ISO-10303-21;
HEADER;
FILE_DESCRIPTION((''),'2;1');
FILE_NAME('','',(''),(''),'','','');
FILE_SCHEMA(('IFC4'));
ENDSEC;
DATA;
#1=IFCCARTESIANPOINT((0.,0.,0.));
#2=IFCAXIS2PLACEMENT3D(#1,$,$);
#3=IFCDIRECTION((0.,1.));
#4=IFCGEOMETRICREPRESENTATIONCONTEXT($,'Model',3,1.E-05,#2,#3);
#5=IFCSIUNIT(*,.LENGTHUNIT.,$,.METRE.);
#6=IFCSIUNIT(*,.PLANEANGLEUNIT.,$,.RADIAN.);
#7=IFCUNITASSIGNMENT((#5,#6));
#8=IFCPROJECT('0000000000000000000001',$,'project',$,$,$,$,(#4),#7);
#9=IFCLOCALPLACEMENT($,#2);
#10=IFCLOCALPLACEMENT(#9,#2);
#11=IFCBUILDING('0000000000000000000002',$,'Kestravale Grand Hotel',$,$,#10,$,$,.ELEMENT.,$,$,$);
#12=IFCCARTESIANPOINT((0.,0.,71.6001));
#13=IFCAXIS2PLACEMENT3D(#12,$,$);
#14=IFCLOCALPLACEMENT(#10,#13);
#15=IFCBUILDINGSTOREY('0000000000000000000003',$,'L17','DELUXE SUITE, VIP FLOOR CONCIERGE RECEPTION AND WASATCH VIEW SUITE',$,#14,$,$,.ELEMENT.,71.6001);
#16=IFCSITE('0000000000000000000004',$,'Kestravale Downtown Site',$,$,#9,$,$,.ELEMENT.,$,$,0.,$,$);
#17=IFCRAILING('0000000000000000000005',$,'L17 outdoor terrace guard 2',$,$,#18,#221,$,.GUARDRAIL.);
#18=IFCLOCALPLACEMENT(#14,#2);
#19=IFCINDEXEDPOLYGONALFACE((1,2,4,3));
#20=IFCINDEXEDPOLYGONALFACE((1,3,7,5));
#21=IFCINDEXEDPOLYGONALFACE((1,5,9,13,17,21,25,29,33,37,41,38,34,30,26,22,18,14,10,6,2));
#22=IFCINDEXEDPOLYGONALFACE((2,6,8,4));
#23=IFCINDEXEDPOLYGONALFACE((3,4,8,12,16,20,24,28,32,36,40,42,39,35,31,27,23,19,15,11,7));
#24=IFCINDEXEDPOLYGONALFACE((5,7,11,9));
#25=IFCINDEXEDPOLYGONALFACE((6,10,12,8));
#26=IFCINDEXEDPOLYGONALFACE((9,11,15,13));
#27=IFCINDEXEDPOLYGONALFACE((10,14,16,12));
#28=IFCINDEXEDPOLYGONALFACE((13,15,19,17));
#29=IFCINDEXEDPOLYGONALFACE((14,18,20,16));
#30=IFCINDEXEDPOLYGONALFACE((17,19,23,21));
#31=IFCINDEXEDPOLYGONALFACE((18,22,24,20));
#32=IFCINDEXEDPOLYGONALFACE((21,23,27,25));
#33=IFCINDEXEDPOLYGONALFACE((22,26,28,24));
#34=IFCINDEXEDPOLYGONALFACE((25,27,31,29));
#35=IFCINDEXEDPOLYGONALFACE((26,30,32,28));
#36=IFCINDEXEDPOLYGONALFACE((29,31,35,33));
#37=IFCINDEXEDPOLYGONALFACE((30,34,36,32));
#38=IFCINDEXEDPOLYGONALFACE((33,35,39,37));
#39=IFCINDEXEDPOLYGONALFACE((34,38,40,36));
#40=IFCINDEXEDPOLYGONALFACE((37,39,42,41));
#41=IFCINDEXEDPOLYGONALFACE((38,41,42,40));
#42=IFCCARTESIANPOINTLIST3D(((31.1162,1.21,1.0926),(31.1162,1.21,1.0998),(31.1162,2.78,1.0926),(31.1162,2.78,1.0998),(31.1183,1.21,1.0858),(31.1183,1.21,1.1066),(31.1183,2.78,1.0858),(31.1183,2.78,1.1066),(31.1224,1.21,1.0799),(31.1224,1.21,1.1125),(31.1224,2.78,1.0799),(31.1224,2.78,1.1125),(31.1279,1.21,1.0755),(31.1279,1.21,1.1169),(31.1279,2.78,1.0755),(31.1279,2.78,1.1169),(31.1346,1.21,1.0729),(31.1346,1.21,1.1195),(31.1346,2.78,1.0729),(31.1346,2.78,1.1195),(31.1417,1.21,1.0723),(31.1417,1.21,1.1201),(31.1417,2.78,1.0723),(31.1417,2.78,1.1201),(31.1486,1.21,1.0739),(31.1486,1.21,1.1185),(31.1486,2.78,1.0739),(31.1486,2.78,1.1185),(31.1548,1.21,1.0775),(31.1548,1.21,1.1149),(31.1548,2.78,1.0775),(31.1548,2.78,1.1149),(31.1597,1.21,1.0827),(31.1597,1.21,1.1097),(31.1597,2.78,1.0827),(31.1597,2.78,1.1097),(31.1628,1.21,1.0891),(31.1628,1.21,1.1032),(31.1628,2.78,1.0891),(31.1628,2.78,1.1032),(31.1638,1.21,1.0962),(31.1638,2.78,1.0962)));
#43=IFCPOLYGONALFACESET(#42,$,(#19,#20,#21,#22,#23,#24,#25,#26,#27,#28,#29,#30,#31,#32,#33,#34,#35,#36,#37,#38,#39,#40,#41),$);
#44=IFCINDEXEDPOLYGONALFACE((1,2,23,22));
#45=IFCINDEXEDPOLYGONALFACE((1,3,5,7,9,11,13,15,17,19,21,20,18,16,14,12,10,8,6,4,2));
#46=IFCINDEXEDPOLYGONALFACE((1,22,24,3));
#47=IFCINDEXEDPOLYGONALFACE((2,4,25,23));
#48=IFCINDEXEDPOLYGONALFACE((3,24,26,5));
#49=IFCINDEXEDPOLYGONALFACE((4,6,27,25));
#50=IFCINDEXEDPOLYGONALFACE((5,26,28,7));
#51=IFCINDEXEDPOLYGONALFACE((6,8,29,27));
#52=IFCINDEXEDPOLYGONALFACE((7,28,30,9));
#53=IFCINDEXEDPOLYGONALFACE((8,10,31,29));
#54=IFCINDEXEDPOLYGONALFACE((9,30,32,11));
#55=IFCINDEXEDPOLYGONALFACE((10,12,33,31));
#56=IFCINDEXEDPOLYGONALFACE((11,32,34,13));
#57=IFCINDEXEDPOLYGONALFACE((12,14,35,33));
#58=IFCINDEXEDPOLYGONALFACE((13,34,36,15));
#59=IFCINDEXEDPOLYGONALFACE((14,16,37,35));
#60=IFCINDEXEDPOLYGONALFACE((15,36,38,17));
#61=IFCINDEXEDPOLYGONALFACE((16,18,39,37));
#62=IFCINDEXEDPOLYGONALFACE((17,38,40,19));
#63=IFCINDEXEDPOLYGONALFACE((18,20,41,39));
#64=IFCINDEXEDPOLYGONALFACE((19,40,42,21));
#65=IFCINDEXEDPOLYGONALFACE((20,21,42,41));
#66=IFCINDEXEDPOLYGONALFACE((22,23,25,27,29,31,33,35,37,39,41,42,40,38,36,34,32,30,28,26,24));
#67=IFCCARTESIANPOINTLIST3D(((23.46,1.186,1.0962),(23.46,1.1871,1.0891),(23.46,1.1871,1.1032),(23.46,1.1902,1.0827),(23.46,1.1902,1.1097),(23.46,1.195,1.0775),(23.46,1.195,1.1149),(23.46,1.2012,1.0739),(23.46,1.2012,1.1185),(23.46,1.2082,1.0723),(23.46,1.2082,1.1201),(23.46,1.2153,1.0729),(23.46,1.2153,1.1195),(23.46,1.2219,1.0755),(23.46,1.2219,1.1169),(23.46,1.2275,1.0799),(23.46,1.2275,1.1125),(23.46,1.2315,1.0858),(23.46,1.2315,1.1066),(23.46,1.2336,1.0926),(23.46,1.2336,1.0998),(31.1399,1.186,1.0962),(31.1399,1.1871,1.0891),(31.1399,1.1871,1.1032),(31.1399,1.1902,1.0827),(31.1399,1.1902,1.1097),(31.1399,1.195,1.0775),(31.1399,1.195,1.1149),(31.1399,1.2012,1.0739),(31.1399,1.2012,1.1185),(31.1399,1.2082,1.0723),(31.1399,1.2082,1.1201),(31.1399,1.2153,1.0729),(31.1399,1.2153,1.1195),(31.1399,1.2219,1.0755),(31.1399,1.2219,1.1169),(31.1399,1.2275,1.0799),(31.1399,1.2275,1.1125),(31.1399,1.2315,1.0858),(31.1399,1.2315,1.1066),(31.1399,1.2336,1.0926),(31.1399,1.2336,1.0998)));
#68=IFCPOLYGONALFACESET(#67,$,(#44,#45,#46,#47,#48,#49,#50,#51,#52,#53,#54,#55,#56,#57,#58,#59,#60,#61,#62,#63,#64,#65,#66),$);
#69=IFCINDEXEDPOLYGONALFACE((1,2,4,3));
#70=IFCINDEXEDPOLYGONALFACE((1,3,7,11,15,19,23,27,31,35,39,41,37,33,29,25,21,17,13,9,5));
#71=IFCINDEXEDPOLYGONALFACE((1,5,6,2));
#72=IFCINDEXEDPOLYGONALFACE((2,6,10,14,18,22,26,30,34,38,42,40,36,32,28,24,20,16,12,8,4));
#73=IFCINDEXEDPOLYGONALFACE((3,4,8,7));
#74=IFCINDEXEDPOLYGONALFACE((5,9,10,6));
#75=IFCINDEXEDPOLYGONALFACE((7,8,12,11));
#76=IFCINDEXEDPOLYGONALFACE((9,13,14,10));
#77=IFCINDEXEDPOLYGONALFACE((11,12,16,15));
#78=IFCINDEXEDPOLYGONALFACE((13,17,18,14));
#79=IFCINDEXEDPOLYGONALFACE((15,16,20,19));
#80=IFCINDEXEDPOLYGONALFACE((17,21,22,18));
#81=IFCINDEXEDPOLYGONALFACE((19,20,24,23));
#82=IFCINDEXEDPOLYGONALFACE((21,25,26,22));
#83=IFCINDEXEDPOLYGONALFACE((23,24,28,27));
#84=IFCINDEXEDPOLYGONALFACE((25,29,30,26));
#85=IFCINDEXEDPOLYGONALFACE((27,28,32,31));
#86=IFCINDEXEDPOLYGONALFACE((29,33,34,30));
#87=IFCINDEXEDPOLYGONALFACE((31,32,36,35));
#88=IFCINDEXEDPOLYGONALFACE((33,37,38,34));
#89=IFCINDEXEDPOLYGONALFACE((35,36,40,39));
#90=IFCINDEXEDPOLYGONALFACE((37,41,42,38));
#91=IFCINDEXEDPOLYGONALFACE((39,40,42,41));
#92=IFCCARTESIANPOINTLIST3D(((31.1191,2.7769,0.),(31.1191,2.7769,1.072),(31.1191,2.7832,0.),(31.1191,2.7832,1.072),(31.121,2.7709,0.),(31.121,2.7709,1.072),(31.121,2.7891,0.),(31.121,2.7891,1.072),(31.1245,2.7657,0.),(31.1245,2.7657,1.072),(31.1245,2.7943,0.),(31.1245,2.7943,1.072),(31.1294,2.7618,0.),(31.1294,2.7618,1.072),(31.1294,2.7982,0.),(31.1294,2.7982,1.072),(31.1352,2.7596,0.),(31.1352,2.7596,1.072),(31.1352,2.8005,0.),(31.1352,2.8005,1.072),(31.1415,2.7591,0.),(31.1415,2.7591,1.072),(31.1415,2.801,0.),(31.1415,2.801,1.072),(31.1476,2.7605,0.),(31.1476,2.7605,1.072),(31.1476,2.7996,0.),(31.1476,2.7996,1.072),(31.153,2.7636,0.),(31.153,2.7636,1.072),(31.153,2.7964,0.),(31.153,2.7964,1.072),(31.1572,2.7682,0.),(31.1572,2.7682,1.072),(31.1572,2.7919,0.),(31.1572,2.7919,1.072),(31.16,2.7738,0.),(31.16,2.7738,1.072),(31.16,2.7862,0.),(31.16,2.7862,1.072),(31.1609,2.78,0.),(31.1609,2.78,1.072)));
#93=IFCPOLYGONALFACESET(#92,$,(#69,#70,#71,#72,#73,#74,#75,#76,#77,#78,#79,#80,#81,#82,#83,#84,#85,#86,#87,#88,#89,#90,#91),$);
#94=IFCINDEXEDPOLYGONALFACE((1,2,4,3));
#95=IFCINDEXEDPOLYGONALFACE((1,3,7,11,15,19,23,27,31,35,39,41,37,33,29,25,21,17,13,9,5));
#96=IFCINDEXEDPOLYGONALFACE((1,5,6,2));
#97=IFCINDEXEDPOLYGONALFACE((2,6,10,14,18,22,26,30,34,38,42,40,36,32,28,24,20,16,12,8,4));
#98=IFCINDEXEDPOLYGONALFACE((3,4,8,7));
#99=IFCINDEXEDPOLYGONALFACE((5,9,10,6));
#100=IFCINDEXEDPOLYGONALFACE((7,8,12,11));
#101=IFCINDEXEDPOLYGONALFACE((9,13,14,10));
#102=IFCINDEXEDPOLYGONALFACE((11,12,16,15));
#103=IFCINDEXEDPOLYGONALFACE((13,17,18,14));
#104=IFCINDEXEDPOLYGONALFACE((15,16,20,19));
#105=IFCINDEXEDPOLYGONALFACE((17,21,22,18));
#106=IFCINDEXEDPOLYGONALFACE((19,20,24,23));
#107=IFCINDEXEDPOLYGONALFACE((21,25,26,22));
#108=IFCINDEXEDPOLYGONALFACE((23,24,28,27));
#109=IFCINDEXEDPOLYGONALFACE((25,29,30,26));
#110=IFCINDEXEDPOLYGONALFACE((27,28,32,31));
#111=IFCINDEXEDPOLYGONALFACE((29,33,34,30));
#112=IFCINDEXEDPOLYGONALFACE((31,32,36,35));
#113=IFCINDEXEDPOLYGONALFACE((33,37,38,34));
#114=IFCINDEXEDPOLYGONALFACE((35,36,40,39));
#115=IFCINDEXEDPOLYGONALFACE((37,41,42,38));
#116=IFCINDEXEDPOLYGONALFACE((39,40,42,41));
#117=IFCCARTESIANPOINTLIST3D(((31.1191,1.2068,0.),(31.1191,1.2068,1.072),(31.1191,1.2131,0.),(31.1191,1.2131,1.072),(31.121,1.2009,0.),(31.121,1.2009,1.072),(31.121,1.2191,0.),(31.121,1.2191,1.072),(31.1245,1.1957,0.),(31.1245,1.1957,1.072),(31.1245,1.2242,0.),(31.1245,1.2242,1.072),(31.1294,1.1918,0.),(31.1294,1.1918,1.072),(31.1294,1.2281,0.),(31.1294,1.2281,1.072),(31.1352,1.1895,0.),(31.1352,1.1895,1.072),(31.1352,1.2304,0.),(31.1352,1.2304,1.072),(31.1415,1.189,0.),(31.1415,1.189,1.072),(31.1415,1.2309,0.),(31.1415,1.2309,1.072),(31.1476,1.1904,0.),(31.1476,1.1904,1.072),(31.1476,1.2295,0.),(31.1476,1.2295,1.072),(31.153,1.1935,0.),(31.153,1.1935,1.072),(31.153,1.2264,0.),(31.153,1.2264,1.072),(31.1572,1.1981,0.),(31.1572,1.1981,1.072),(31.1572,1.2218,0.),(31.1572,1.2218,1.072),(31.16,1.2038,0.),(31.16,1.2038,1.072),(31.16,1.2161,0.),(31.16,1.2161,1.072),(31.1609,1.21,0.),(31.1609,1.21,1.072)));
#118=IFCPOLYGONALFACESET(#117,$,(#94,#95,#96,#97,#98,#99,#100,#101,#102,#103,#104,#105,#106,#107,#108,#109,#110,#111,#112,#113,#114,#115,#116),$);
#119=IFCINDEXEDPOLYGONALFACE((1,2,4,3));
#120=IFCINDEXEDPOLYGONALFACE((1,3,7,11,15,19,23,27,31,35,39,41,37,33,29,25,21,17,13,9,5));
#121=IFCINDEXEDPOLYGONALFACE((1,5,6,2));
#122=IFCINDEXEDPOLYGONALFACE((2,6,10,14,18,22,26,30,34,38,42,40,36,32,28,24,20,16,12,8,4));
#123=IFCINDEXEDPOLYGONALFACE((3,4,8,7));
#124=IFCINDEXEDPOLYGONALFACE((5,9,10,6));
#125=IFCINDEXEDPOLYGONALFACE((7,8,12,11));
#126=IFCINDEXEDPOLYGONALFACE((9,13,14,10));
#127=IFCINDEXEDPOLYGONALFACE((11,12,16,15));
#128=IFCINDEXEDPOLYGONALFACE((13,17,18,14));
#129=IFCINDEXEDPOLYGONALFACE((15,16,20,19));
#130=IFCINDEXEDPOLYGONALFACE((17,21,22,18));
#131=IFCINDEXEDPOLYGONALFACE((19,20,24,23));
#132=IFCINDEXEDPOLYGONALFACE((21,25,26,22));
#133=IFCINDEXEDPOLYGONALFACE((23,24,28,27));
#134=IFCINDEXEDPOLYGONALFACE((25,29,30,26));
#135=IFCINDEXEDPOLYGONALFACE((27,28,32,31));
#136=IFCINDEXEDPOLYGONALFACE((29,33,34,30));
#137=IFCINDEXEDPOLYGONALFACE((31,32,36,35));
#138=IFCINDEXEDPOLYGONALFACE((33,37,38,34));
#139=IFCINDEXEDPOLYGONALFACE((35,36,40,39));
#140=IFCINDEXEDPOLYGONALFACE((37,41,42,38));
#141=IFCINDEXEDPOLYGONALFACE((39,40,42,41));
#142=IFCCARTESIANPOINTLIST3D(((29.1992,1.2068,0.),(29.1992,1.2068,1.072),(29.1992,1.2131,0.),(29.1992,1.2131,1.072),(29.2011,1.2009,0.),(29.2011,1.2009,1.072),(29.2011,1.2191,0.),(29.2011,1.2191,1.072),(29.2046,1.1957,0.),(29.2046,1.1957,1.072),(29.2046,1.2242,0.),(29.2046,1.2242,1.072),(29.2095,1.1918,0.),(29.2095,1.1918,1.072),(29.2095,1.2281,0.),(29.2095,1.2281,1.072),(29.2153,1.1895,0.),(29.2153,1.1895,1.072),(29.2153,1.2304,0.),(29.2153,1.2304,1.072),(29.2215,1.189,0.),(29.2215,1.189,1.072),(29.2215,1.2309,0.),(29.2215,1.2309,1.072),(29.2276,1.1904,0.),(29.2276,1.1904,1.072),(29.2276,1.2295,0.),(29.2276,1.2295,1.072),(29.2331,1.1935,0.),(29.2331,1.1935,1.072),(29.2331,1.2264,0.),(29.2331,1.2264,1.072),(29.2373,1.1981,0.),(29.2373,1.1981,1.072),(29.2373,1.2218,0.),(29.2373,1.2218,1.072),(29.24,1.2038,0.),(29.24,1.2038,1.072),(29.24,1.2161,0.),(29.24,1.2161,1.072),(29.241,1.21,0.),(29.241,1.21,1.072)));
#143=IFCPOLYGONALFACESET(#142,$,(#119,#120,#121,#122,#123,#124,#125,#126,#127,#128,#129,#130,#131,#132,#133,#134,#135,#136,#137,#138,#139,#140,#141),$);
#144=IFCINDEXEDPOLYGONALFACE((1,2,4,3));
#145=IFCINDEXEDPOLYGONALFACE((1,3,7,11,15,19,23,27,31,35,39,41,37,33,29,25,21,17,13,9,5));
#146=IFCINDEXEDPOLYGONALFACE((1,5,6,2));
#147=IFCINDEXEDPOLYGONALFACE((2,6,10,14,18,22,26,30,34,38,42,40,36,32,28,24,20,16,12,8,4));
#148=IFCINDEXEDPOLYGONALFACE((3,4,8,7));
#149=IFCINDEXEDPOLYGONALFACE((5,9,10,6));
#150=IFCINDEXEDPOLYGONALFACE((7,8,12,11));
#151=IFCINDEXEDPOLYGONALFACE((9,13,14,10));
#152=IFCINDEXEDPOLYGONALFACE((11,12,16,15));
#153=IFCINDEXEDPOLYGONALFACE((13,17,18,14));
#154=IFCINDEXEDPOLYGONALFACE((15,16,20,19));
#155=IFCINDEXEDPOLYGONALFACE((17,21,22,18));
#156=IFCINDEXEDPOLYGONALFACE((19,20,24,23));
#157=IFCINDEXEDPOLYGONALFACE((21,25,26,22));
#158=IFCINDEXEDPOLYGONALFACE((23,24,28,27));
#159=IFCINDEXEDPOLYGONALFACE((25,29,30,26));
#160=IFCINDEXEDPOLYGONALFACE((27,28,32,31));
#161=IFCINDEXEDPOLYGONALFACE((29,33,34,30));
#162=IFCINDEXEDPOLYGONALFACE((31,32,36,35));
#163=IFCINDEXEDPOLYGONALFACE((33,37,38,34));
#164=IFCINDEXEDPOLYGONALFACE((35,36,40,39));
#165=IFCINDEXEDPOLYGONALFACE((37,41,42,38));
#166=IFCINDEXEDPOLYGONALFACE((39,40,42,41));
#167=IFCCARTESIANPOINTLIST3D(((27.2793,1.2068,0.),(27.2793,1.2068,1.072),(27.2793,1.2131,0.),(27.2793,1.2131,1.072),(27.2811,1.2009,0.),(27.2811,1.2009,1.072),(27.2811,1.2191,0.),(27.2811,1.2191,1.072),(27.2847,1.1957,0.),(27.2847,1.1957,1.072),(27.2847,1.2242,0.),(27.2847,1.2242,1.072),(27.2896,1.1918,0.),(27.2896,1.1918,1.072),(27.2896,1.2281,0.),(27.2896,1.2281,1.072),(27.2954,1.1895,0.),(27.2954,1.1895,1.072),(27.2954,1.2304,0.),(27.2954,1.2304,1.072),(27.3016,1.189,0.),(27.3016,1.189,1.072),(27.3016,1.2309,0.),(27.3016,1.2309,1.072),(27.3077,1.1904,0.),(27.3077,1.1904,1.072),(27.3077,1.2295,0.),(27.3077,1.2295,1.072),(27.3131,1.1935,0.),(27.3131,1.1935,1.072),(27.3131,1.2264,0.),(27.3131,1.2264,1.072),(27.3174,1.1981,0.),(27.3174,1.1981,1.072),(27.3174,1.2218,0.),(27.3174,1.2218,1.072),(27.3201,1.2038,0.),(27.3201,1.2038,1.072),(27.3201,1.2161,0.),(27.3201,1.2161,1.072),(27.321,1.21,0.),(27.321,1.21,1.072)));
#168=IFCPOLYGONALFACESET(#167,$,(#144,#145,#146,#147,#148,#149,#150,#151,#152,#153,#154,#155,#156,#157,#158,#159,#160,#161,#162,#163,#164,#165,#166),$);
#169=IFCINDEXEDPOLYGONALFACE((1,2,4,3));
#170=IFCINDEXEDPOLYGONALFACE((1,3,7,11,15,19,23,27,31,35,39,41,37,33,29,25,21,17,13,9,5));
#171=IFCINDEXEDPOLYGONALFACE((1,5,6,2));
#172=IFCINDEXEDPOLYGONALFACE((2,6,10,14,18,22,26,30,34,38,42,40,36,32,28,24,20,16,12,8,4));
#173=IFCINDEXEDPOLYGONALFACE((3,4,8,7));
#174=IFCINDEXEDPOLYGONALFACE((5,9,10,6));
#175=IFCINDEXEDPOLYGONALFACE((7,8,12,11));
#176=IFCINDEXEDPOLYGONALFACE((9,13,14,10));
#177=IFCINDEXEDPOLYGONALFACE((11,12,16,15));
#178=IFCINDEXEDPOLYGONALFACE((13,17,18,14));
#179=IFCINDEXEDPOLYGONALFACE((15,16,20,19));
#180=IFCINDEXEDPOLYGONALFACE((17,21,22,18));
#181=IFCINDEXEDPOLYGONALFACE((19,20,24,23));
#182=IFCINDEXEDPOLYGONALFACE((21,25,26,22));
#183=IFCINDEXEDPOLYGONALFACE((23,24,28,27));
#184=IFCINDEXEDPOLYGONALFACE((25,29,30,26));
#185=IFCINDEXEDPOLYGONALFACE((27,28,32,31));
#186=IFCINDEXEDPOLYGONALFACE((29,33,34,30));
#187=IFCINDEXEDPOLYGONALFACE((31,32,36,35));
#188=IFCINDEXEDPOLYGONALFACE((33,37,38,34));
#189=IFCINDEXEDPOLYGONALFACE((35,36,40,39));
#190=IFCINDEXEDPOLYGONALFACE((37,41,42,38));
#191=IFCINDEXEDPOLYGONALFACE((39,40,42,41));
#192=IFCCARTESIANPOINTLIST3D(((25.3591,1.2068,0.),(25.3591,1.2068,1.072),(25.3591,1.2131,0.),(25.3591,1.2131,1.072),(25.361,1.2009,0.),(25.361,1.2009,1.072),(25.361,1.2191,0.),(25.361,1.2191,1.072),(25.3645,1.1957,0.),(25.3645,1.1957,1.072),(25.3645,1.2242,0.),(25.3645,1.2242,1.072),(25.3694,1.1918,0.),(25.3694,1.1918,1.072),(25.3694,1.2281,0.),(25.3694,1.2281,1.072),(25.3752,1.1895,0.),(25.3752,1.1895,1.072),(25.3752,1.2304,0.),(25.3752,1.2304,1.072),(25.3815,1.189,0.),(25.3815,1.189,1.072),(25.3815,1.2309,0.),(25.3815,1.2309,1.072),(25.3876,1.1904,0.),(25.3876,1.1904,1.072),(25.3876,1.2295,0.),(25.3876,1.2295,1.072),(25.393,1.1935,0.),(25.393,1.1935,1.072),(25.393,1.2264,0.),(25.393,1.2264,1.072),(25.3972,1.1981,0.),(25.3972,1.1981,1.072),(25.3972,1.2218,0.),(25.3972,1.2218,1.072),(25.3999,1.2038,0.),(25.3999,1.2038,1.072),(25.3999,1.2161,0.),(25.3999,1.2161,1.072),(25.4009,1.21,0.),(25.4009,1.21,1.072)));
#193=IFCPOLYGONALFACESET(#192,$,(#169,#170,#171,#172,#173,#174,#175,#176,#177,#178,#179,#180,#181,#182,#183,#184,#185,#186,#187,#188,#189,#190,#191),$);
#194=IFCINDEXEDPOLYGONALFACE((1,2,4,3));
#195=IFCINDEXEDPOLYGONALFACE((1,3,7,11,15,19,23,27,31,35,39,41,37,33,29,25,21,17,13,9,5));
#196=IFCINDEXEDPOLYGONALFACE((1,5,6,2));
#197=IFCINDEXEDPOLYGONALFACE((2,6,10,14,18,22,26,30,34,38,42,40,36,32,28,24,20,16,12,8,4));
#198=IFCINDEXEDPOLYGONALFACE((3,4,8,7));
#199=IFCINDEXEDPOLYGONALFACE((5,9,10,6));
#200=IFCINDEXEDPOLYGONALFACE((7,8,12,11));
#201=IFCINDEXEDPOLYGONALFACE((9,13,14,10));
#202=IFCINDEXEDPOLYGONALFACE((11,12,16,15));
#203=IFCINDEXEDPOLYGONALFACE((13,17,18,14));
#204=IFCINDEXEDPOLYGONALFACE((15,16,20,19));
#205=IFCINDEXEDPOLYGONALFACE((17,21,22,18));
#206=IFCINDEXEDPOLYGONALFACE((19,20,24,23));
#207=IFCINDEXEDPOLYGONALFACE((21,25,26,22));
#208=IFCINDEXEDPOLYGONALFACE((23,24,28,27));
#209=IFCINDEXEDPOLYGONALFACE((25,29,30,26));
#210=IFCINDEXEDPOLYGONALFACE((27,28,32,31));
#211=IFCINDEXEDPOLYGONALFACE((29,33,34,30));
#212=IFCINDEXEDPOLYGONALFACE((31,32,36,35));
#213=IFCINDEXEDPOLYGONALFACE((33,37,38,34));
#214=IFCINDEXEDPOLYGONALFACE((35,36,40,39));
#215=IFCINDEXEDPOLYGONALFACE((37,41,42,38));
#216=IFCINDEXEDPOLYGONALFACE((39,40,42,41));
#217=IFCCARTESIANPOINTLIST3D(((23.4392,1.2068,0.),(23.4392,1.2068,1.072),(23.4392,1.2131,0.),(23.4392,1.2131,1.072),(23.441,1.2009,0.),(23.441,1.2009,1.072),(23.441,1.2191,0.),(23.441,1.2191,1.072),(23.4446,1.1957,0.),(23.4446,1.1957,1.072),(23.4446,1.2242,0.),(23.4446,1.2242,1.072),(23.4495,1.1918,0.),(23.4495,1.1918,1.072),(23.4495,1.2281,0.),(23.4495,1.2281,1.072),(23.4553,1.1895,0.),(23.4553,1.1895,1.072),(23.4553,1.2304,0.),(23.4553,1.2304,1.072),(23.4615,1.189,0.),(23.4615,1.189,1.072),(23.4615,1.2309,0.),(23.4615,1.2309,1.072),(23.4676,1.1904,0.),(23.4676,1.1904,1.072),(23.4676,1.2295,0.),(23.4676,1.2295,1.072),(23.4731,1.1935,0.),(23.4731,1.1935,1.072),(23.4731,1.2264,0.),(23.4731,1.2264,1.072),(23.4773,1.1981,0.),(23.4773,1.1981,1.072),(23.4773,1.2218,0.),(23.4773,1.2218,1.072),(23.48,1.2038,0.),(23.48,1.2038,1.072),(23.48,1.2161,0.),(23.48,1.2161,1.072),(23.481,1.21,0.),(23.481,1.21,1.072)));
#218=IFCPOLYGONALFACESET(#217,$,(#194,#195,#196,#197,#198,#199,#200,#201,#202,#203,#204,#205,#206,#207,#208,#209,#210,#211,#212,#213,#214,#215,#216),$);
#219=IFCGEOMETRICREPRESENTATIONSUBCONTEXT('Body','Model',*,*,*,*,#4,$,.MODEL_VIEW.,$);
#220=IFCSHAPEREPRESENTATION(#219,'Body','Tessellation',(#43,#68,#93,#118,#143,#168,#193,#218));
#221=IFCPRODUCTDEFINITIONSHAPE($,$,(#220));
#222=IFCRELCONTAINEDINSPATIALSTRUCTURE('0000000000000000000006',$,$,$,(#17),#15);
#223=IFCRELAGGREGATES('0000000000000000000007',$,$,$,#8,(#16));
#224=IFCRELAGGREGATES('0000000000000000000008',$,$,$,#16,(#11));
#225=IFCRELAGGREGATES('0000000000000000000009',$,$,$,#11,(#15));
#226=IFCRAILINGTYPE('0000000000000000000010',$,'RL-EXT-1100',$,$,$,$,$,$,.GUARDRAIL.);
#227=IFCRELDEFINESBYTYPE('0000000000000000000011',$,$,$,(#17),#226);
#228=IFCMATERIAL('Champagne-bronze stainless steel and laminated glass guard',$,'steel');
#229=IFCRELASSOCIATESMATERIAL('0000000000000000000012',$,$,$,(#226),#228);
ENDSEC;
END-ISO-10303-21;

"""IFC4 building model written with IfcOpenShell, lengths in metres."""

from ifc_helpers import new_model, si_unit, direction, frame, origin, origin_2d, place, context, subcontext, project, spatial, circle, extrude, material, type_object, element, save


model = new_model("IFC4")

# Units and contexts
model_context = context("Model", 3, precision=1e-05, world=origin(), true_north=direction((0.0, 1.0)))
body_context = subcontext(model_context, "Body", "Model", "MODEL_VIEW")
ifc_project = project(units=[si_unit("LENGTHUNIT", "METRE"), si_unit("PLANEANGLEUNIT", "RADIAN")], contexts=[model_context])

# Site, building, storey
site_placement = place(None, origin())
site = spatial("IfcSite", under=ifc_project, at=site_placement, Name="Kestravale Downtown Site", CompositionType="ELEMENT", RefElevation=0.0)
building_placement = place(site_placement, origin())
building = spatial("IfcBuilding", under=site, at=building_placement, Name="Kestravale Grand Hotel", CompositionType="ELEMENT")
storey_placement = place(building_placement, frame((0.0, 0.0, 71.6001)))
storey = spatial("IfcBuildingStorey", under=building, at=storey_placement, Name="L17", Description="DELUXE SUITE, VIP FLOOR CONCIERGE RECEPTION AND WASATCH VIEW SUITE", CompositionType="ELEMENT", Elevation=71.6001)

# Railing
ifc_material_1 = material(Name="Champagne-bronze stainless steel and laminated glass guard", Category="steel")
railing_type = type_object("IfcRailingType", Name="RL-EXT-1100", PredefinedType="GUARDRAIL", material=ifc_material_1)
railing_1_placement = place(storey_placement, frame((31.1399, 2.78, 0.0)))
element("IfcRailing", 1, at=railing_1_placement, inside=storey, type_object=railing_type, Name="L17 outdoor terrace guard 2", PredefinedType="GUARDRAIL", context=body_context, shape_type="SweptSolid", body=[
    extrude(circle(Radius=0.0239, at=origin_2d()), frame((0.0, 0.0, 1.0962), z_axis=(0.0, -1.0, 0.0), x_axis=(1.0, 0.0, 0.0)), (0.0, 0.0, 1.0), 1.5701),
    extrude(circle(Radius=0.0239, at=origin_2d()), frame((0.0, -1.5701, 1.0962), z_axis=(-1.0, 0.0, 0.0), x_axis=(0.0, -1.0, 0.0)), (0.0, 0.0, 1.0), 7.6799),
    extrude(circle(Radius=0.021, at=origin_2d()), origin(), (0.0, 0.0, 1.0), 1.072),
    extrude(circle(Radius=0.021, at=origin_2d()), frame((0.0, -1.5701, 0.0)), (0.0, 0.0, 1.0), 1.072),
    extrude(circle(Radius=0.021, at=origin_2d()), frame((-1.9199, -1.5701, 0.0)), (0.0, 0.0, 1.0), 1.072),
    extrude(circle(Radius=0.021, at=origin_2d()), frame((-3.8398, -1.5701, 0.0)), (0.0, 0.0, 1.0), 1.072),
    extrude(circle(Radius=0.021, at=origin_2d()), frame((-5.76, -1.5701, 0.0)), (0.0, 0.0, 1.0), 1.072),
    extrude(circle(Radius=0.021, at=origin_2d()), frame((-7.6799, -1.5701, 0.0)), (0.0, 0.0, 1.0), 1.072),
])

save(model, "model.ifc")
